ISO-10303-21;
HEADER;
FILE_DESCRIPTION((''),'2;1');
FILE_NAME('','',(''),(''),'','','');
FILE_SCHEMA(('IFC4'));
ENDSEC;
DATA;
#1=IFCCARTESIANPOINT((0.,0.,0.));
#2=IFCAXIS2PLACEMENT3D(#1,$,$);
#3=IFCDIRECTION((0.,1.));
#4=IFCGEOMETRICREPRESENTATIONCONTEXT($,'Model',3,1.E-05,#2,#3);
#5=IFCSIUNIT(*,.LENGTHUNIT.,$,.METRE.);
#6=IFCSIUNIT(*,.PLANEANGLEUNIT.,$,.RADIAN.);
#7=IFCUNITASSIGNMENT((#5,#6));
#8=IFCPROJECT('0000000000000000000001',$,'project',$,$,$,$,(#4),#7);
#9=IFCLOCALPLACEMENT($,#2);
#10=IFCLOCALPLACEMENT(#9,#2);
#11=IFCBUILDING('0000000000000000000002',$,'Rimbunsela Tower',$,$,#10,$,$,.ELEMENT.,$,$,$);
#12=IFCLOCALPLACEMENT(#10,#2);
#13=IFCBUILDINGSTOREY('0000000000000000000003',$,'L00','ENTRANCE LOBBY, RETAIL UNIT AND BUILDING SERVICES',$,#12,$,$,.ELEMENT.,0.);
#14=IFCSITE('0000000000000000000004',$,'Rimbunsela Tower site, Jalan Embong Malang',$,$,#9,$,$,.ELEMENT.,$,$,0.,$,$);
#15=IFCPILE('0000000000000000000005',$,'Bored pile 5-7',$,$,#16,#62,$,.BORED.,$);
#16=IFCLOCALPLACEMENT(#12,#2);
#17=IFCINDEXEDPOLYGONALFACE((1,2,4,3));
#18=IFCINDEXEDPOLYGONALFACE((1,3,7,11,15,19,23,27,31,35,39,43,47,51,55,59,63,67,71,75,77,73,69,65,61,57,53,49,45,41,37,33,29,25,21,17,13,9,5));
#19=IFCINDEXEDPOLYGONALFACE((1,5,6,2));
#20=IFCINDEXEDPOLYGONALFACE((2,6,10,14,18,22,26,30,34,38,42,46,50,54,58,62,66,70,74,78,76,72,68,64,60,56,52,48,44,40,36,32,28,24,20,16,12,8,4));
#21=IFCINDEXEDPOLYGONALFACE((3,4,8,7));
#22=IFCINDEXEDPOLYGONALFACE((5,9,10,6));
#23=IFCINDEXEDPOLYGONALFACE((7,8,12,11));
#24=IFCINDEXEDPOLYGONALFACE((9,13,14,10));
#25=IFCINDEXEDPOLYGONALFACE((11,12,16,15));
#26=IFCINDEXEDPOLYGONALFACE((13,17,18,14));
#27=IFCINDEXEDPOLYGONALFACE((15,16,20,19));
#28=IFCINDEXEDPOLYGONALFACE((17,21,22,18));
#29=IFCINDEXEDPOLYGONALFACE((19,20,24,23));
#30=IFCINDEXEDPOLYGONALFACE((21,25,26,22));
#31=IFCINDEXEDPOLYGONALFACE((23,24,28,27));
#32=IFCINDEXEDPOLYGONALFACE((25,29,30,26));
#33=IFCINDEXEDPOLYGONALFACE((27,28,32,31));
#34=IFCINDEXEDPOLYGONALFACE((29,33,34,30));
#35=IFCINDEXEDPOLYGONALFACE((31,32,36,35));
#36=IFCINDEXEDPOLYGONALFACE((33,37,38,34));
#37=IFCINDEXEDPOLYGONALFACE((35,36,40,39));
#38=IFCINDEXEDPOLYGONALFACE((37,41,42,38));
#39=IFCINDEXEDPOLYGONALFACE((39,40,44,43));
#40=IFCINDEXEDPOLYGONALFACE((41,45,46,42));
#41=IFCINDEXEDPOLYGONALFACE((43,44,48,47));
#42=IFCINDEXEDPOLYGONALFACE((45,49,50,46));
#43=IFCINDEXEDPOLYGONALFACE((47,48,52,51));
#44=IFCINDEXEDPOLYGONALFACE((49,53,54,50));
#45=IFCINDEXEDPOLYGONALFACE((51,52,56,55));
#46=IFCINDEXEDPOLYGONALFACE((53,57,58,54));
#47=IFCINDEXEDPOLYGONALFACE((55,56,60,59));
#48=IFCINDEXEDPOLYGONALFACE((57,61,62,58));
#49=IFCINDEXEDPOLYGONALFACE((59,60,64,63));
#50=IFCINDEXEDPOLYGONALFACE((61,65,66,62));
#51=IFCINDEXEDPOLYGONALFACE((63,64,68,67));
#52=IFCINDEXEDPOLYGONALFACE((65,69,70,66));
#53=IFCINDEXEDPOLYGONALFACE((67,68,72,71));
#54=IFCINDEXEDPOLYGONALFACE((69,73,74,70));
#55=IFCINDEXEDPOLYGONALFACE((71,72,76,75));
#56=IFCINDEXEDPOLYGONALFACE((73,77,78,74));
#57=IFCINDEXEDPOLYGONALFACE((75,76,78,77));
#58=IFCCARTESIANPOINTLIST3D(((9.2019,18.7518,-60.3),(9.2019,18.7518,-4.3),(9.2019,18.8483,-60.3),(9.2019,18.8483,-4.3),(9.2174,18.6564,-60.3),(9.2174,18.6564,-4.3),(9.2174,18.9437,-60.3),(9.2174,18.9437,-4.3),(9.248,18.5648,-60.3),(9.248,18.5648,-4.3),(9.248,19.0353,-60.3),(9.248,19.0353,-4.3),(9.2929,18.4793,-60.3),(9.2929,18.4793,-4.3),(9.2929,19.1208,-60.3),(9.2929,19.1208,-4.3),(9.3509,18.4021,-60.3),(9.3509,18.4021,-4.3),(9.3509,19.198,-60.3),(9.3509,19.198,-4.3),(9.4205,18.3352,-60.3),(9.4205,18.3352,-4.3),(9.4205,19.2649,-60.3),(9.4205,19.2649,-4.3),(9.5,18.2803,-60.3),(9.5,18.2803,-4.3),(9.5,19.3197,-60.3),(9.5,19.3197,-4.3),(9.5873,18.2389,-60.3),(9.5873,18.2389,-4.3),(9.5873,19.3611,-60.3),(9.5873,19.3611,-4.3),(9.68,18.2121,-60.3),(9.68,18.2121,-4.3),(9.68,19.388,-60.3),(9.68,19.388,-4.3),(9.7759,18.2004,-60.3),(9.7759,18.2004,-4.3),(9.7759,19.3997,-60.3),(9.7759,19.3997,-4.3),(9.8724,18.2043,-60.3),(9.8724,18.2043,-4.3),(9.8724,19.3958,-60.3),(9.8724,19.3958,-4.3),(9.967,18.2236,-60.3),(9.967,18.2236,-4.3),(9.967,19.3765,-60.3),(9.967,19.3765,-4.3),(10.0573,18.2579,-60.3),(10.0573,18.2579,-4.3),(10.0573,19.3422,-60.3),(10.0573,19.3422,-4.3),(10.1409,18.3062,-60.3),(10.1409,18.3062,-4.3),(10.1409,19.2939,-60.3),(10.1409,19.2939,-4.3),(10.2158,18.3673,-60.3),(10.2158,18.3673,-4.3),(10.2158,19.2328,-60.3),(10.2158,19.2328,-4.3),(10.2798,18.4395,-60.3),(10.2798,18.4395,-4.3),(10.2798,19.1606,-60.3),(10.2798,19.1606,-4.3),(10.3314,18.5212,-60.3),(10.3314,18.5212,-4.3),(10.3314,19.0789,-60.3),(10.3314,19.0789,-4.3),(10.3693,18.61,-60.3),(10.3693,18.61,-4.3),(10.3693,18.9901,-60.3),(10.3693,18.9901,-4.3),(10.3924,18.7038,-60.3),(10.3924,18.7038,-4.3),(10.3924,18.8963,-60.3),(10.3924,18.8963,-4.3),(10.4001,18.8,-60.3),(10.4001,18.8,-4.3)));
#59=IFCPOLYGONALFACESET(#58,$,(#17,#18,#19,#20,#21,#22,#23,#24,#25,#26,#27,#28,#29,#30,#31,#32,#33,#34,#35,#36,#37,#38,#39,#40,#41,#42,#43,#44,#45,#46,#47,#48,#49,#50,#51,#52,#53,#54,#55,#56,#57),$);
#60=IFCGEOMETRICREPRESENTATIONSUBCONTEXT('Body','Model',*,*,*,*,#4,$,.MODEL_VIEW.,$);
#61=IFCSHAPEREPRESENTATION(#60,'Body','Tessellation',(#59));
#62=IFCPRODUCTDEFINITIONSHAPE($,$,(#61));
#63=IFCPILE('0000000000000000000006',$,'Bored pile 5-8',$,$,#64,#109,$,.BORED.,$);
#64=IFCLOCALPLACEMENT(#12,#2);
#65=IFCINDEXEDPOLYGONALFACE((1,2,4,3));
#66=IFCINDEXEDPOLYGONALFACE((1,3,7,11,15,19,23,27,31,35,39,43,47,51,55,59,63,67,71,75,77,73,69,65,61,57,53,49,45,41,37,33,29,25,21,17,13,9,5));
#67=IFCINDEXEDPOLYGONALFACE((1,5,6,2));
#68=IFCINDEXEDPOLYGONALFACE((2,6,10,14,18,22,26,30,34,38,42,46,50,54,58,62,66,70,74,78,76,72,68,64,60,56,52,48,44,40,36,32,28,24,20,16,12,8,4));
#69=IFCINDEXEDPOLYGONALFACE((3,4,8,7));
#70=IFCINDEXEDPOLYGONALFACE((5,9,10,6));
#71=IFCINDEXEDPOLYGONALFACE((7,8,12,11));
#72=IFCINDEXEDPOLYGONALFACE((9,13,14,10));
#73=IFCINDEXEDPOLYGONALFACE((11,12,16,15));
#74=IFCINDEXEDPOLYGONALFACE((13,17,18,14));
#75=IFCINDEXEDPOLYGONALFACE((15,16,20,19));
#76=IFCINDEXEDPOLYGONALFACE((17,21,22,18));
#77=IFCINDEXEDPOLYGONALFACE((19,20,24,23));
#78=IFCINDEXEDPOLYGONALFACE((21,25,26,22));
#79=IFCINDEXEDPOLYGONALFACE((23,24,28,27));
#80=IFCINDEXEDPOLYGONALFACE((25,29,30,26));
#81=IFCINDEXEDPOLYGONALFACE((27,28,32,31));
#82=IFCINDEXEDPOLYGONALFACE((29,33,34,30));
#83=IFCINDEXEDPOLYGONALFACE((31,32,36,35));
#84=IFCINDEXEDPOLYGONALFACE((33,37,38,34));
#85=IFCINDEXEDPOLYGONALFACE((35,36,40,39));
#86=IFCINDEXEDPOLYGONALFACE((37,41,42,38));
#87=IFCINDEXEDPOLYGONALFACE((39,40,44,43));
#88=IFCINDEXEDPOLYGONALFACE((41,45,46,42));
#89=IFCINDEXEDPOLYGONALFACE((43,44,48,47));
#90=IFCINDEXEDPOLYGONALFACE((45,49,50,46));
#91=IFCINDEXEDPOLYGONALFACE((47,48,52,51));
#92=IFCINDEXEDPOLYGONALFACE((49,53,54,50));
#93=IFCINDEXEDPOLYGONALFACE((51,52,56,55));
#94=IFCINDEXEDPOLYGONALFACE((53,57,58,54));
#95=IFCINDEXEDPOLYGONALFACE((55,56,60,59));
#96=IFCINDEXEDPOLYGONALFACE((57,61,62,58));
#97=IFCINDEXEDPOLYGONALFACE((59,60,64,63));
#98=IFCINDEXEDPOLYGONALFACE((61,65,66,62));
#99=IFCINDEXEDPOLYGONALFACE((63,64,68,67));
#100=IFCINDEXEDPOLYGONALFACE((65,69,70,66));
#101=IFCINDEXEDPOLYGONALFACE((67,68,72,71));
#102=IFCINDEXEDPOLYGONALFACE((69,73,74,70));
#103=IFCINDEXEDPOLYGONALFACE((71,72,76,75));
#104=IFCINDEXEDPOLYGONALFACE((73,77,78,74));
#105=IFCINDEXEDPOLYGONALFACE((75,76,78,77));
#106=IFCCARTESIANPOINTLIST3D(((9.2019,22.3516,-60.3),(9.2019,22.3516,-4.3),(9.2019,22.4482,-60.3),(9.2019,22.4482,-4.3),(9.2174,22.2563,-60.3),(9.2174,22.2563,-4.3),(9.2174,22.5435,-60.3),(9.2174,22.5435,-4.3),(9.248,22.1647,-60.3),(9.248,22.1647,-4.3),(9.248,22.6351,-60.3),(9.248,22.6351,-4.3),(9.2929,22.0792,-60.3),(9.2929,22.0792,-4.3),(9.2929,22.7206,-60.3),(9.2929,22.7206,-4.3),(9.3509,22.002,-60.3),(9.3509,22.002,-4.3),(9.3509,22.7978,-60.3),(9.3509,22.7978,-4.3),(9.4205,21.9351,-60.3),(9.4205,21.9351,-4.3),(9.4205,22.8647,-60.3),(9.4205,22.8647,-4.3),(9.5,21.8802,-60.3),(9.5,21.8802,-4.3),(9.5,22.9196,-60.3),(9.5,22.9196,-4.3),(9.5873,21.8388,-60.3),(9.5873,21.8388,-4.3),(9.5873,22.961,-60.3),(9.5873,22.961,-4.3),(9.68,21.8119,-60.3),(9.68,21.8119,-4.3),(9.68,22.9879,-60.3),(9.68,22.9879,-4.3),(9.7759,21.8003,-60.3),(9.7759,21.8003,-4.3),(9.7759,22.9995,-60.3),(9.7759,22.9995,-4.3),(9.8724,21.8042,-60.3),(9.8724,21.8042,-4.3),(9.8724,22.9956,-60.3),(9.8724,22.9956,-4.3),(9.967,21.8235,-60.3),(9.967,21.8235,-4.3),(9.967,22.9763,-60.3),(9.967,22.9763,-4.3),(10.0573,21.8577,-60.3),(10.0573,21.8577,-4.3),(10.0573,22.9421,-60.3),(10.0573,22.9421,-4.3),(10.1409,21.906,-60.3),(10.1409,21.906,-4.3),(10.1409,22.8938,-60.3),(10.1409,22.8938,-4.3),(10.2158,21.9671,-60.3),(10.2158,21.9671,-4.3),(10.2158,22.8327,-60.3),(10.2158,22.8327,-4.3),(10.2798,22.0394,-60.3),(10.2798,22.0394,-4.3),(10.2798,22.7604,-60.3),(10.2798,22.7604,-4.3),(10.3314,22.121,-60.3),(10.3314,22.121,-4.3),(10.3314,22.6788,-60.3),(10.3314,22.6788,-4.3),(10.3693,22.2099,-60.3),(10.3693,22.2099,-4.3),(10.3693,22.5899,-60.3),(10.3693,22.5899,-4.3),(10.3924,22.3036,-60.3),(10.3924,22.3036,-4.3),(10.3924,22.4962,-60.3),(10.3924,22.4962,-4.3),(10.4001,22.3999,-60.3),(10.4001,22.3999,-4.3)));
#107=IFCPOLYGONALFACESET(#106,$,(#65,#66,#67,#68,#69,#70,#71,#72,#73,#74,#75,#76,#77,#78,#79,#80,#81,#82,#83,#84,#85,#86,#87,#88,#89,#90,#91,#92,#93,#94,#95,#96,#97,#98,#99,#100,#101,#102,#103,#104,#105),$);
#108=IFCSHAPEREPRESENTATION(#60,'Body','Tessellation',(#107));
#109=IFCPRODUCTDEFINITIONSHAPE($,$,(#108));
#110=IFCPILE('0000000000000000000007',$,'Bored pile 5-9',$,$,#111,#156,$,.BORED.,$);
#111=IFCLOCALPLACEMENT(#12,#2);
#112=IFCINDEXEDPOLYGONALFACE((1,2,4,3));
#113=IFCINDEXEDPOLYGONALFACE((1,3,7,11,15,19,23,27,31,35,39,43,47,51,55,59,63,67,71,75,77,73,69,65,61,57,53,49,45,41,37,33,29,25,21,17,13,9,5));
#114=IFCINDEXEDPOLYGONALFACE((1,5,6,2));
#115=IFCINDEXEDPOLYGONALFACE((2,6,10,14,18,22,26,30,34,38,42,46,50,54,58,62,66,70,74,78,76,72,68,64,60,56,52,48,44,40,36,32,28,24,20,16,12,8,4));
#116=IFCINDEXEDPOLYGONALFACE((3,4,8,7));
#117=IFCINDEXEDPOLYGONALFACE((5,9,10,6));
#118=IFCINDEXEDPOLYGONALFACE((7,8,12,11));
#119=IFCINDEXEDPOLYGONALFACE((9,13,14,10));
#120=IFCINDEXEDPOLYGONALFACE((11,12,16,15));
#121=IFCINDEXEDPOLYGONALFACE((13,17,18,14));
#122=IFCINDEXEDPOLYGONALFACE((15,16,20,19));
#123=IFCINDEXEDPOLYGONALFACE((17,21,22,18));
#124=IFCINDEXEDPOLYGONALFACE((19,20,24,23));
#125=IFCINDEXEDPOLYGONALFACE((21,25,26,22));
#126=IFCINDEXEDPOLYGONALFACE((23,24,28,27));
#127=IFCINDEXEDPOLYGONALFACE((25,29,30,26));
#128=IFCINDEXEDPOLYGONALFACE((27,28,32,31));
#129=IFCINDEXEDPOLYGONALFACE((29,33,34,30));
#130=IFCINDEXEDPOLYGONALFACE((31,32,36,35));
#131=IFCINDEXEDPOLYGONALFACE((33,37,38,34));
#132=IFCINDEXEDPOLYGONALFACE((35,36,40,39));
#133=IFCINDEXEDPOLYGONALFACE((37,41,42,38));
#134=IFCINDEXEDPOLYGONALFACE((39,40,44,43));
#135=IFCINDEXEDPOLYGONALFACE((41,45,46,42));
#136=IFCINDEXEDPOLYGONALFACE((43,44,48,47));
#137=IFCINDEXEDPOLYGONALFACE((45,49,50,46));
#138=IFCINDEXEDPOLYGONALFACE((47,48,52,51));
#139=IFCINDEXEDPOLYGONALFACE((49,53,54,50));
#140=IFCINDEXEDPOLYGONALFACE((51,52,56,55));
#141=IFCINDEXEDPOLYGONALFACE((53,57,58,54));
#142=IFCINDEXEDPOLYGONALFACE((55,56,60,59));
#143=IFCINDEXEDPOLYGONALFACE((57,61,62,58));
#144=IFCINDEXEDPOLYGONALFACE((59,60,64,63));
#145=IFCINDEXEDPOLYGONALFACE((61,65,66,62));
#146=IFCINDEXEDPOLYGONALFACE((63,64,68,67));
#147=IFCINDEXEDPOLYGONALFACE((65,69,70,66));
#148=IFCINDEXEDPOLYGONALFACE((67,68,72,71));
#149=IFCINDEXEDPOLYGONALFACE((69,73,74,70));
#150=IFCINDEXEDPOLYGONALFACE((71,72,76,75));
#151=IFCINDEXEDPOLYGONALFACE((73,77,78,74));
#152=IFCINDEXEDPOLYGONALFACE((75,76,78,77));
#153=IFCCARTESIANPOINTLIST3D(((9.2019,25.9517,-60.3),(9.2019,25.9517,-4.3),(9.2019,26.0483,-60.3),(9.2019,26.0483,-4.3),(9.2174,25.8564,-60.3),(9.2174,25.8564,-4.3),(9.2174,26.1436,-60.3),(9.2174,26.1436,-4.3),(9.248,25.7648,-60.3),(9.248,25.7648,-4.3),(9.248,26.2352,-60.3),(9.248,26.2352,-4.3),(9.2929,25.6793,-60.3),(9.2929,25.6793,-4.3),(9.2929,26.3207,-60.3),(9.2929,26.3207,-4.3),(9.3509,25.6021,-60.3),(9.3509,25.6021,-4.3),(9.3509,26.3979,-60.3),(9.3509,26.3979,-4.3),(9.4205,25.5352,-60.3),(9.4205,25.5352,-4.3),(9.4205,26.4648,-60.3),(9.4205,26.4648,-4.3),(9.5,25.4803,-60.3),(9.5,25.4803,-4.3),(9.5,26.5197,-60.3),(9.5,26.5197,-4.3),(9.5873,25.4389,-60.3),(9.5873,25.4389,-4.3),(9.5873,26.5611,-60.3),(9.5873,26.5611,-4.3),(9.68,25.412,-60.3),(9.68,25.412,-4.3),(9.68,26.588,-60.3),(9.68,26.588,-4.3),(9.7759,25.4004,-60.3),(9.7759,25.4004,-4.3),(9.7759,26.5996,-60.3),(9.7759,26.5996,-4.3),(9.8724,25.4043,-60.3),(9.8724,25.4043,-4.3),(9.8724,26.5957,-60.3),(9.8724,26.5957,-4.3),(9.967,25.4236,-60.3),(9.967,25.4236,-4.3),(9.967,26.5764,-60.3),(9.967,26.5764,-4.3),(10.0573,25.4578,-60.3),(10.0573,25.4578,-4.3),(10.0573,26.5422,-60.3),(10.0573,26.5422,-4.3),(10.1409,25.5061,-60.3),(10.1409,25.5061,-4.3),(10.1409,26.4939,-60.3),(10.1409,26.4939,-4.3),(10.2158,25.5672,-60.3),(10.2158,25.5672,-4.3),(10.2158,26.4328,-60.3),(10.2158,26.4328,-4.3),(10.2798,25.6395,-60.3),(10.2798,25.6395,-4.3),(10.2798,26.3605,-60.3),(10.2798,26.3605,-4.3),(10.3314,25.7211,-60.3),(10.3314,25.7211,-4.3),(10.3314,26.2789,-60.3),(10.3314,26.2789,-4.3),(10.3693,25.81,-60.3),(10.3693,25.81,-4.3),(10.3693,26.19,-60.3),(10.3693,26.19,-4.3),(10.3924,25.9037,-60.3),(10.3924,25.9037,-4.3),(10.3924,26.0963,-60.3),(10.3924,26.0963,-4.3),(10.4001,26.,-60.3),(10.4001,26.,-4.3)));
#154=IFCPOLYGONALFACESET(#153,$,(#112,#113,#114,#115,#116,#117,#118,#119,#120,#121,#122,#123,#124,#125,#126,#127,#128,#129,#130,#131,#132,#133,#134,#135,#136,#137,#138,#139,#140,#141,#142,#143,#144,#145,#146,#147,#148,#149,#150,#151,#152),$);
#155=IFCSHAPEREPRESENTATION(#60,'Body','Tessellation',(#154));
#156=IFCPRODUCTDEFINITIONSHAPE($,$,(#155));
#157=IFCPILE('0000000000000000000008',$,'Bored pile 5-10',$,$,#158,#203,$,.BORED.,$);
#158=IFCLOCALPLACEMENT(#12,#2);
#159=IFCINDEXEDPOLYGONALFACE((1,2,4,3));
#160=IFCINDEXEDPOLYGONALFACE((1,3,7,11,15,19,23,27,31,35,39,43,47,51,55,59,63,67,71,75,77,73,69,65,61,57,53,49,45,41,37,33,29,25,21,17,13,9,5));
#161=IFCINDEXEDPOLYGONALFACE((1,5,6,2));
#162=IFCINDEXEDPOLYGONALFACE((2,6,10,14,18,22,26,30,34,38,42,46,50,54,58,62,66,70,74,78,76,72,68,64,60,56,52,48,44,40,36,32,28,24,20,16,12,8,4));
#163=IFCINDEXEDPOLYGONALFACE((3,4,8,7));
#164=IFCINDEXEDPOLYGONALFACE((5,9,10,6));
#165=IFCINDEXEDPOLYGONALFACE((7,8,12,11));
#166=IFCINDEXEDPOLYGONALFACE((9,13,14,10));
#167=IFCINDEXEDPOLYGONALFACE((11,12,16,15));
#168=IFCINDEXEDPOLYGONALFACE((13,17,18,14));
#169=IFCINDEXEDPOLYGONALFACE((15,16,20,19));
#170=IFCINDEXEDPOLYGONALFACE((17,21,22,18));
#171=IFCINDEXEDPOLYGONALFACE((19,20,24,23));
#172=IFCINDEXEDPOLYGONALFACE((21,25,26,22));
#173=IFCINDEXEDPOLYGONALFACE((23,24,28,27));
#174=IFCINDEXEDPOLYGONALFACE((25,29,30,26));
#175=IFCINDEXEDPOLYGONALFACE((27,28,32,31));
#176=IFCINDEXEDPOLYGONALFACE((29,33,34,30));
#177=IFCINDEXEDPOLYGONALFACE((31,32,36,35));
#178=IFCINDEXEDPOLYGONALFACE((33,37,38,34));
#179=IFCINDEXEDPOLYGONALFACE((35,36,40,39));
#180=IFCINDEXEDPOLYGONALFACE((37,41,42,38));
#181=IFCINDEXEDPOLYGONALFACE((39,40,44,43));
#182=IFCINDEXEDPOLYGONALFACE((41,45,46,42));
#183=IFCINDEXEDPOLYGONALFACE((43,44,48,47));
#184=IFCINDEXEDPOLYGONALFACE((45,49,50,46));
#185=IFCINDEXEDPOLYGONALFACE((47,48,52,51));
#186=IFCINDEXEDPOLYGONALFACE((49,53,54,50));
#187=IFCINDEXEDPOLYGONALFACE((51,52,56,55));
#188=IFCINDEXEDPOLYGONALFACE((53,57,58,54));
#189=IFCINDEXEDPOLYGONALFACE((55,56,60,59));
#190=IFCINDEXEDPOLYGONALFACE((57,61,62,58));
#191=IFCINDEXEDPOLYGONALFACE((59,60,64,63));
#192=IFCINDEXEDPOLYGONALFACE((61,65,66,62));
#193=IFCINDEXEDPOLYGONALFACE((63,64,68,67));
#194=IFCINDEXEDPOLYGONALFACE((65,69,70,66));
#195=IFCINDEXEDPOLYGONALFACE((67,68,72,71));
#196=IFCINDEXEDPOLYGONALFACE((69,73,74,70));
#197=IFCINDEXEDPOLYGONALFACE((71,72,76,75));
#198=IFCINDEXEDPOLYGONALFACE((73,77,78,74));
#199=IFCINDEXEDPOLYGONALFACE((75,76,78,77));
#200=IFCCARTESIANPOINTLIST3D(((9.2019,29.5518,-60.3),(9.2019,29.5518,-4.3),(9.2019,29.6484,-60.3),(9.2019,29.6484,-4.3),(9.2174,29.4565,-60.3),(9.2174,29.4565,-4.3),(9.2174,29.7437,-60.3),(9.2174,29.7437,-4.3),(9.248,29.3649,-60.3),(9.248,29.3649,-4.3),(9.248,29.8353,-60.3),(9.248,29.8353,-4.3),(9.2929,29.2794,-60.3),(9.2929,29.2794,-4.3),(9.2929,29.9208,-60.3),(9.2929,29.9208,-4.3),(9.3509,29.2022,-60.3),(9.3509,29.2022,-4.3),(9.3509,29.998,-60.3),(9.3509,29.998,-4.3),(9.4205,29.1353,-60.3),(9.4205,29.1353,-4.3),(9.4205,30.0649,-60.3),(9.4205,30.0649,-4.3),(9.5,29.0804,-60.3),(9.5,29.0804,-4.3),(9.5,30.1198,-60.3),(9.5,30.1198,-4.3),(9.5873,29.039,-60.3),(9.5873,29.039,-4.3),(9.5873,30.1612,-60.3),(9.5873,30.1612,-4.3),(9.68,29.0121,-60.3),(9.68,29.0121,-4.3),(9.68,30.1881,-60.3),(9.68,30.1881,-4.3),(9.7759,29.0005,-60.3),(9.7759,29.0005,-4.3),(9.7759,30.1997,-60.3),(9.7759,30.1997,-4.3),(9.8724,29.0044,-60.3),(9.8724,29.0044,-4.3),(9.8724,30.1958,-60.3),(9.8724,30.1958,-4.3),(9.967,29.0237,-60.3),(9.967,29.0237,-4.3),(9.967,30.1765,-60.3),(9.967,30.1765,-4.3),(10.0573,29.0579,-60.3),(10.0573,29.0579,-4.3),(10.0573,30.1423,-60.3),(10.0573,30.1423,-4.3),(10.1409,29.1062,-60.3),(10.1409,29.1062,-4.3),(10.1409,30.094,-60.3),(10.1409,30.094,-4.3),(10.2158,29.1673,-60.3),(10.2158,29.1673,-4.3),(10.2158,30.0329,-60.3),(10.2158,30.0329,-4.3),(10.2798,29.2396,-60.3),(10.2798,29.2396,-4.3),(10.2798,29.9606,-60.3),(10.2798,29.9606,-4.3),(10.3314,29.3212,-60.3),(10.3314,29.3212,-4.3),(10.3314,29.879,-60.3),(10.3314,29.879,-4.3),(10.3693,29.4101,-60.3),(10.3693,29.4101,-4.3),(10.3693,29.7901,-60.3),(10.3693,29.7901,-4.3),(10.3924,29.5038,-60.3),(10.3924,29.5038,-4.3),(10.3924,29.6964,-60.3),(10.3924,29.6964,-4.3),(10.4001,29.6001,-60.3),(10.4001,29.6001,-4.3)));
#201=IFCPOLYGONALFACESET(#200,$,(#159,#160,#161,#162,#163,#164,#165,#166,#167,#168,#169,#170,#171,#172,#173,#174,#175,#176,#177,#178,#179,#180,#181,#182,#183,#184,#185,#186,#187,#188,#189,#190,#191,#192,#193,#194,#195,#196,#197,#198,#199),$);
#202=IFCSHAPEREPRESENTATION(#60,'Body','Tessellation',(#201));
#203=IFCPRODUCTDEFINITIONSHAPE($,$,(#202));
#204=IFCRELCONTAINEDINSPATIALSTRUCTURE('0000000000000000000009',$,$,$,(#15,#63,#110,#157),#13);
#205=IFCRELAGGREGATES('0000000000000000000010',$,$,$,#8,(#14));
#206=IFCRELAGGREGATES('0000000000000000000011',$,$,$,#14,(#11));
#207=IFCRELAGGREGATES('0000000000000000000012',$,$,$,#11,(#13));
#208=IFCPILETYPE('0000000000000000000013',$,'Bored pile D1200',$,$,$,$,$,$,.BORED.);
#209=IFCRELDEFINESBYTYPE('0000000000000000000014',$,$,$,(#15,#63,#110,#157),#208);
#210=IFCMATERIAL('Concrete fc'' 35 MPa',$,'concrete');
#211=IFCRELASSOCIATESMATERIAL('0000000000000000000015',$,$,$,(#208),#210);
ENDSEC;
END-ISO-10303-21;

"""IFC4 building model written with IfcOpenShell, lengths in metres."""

from ifc_helpers import new_model, si_unit, direction, frame, origin, origin_2d, place, context, subcontext, project, spatial, circle, extrude, material, material_profile, profile_set, type_object, element, save


model = new_model("IFC4")

# Units and contexts
model_context = context("Model", 3, precision=1e-05, world=origin(), true_north=direction((0.0, 1.0)))
body_context = subcontext(model_context, "Body", "Model", "MODEL_VIEW")
ifc_project = project(units=[si_unit("LENGTHUNIT", "METRE"), si_unit("PLANEANGLEUNIT", "RADIAN")], contexts=[model_context])

# Site, building, storey
site_placement = place(None, origin())
site = spatial("IfcSite", under=ifc_project, at=site_placement, Name="Rimbunsela Tower site, Jalan Embong Malang", CompositionType="ELEMENT", RefElevation=0.0)
building_placement = place(site_placement, origin())
building = spatial("IfcBuilding", under=site, at=building_placement, Name="Rimbunsela Tower", CompositionType="ELEMENT")
storey_placement = place(building_placement, origin())
storey = spatial("IfcBuildingStorey", under=building, at=storey_placement, Name="L00", Description="ENTRANCE LOBBY, RETAIL UNIT AND BUILDING SERVICES", CompositionType="ELEMENT", Elevation=0.0)

# Piles
ifc_material_1 = material(Name="Concrete fc' 35 MPa", Category="concrete")
ifc_material_profile_1 = material_profile(ifc_material_1, circle(Radius=0.6001, at=origin_2d()), Name="BP D1200")
ifc_profile_set_1 = profile_set([ifc_material_profile_1], Name="Concrete fc' 35 MPa")
pile_type = type_object("IfcPileType", Name="Bored pile D1200", PredefinedType="BORED", material=ifc_profile_set_1)
for number, where, z_axis, x_axis, name in (
    (1, (9.8, 18.8, -4.3), (0.0, 0.0, -1.0), (1.0, 0.0, 0.0), "Bored pile 5-7"),
    (2, (9.8, 22.3999, -4.3), (0.0, 0.0, -1.0), (1.0, 0.0, 0.0), "Bored pile 5-8"),
    (3, (9.8, 26.0, -4.3), (0.0, 0.0, -1.0), (1.0, 0.0, 0.0), "Bored pile 5-9"),
    (4, (9.8, 29.6001, -4.3), (0.0, 0.0, -1.0), (1.0, 0.0, 0.0), "Bored pile 5-10"),
):
    element("IfcPile", number, at=place(storey_placement, frame(where, z_axis=z_axis, x_axis=x_axis)), inside=storey, type_object=pile_type, Name=name, PredefinedType="BORED", context=body_context, shape_type="SweptSolid", body=[
        extrude(circle(Radius=0.6001, at=origin_2d()), origin(), (0.0, 0.0, 1.0), 56.0),
    ])

save(model, "model.ifc")
